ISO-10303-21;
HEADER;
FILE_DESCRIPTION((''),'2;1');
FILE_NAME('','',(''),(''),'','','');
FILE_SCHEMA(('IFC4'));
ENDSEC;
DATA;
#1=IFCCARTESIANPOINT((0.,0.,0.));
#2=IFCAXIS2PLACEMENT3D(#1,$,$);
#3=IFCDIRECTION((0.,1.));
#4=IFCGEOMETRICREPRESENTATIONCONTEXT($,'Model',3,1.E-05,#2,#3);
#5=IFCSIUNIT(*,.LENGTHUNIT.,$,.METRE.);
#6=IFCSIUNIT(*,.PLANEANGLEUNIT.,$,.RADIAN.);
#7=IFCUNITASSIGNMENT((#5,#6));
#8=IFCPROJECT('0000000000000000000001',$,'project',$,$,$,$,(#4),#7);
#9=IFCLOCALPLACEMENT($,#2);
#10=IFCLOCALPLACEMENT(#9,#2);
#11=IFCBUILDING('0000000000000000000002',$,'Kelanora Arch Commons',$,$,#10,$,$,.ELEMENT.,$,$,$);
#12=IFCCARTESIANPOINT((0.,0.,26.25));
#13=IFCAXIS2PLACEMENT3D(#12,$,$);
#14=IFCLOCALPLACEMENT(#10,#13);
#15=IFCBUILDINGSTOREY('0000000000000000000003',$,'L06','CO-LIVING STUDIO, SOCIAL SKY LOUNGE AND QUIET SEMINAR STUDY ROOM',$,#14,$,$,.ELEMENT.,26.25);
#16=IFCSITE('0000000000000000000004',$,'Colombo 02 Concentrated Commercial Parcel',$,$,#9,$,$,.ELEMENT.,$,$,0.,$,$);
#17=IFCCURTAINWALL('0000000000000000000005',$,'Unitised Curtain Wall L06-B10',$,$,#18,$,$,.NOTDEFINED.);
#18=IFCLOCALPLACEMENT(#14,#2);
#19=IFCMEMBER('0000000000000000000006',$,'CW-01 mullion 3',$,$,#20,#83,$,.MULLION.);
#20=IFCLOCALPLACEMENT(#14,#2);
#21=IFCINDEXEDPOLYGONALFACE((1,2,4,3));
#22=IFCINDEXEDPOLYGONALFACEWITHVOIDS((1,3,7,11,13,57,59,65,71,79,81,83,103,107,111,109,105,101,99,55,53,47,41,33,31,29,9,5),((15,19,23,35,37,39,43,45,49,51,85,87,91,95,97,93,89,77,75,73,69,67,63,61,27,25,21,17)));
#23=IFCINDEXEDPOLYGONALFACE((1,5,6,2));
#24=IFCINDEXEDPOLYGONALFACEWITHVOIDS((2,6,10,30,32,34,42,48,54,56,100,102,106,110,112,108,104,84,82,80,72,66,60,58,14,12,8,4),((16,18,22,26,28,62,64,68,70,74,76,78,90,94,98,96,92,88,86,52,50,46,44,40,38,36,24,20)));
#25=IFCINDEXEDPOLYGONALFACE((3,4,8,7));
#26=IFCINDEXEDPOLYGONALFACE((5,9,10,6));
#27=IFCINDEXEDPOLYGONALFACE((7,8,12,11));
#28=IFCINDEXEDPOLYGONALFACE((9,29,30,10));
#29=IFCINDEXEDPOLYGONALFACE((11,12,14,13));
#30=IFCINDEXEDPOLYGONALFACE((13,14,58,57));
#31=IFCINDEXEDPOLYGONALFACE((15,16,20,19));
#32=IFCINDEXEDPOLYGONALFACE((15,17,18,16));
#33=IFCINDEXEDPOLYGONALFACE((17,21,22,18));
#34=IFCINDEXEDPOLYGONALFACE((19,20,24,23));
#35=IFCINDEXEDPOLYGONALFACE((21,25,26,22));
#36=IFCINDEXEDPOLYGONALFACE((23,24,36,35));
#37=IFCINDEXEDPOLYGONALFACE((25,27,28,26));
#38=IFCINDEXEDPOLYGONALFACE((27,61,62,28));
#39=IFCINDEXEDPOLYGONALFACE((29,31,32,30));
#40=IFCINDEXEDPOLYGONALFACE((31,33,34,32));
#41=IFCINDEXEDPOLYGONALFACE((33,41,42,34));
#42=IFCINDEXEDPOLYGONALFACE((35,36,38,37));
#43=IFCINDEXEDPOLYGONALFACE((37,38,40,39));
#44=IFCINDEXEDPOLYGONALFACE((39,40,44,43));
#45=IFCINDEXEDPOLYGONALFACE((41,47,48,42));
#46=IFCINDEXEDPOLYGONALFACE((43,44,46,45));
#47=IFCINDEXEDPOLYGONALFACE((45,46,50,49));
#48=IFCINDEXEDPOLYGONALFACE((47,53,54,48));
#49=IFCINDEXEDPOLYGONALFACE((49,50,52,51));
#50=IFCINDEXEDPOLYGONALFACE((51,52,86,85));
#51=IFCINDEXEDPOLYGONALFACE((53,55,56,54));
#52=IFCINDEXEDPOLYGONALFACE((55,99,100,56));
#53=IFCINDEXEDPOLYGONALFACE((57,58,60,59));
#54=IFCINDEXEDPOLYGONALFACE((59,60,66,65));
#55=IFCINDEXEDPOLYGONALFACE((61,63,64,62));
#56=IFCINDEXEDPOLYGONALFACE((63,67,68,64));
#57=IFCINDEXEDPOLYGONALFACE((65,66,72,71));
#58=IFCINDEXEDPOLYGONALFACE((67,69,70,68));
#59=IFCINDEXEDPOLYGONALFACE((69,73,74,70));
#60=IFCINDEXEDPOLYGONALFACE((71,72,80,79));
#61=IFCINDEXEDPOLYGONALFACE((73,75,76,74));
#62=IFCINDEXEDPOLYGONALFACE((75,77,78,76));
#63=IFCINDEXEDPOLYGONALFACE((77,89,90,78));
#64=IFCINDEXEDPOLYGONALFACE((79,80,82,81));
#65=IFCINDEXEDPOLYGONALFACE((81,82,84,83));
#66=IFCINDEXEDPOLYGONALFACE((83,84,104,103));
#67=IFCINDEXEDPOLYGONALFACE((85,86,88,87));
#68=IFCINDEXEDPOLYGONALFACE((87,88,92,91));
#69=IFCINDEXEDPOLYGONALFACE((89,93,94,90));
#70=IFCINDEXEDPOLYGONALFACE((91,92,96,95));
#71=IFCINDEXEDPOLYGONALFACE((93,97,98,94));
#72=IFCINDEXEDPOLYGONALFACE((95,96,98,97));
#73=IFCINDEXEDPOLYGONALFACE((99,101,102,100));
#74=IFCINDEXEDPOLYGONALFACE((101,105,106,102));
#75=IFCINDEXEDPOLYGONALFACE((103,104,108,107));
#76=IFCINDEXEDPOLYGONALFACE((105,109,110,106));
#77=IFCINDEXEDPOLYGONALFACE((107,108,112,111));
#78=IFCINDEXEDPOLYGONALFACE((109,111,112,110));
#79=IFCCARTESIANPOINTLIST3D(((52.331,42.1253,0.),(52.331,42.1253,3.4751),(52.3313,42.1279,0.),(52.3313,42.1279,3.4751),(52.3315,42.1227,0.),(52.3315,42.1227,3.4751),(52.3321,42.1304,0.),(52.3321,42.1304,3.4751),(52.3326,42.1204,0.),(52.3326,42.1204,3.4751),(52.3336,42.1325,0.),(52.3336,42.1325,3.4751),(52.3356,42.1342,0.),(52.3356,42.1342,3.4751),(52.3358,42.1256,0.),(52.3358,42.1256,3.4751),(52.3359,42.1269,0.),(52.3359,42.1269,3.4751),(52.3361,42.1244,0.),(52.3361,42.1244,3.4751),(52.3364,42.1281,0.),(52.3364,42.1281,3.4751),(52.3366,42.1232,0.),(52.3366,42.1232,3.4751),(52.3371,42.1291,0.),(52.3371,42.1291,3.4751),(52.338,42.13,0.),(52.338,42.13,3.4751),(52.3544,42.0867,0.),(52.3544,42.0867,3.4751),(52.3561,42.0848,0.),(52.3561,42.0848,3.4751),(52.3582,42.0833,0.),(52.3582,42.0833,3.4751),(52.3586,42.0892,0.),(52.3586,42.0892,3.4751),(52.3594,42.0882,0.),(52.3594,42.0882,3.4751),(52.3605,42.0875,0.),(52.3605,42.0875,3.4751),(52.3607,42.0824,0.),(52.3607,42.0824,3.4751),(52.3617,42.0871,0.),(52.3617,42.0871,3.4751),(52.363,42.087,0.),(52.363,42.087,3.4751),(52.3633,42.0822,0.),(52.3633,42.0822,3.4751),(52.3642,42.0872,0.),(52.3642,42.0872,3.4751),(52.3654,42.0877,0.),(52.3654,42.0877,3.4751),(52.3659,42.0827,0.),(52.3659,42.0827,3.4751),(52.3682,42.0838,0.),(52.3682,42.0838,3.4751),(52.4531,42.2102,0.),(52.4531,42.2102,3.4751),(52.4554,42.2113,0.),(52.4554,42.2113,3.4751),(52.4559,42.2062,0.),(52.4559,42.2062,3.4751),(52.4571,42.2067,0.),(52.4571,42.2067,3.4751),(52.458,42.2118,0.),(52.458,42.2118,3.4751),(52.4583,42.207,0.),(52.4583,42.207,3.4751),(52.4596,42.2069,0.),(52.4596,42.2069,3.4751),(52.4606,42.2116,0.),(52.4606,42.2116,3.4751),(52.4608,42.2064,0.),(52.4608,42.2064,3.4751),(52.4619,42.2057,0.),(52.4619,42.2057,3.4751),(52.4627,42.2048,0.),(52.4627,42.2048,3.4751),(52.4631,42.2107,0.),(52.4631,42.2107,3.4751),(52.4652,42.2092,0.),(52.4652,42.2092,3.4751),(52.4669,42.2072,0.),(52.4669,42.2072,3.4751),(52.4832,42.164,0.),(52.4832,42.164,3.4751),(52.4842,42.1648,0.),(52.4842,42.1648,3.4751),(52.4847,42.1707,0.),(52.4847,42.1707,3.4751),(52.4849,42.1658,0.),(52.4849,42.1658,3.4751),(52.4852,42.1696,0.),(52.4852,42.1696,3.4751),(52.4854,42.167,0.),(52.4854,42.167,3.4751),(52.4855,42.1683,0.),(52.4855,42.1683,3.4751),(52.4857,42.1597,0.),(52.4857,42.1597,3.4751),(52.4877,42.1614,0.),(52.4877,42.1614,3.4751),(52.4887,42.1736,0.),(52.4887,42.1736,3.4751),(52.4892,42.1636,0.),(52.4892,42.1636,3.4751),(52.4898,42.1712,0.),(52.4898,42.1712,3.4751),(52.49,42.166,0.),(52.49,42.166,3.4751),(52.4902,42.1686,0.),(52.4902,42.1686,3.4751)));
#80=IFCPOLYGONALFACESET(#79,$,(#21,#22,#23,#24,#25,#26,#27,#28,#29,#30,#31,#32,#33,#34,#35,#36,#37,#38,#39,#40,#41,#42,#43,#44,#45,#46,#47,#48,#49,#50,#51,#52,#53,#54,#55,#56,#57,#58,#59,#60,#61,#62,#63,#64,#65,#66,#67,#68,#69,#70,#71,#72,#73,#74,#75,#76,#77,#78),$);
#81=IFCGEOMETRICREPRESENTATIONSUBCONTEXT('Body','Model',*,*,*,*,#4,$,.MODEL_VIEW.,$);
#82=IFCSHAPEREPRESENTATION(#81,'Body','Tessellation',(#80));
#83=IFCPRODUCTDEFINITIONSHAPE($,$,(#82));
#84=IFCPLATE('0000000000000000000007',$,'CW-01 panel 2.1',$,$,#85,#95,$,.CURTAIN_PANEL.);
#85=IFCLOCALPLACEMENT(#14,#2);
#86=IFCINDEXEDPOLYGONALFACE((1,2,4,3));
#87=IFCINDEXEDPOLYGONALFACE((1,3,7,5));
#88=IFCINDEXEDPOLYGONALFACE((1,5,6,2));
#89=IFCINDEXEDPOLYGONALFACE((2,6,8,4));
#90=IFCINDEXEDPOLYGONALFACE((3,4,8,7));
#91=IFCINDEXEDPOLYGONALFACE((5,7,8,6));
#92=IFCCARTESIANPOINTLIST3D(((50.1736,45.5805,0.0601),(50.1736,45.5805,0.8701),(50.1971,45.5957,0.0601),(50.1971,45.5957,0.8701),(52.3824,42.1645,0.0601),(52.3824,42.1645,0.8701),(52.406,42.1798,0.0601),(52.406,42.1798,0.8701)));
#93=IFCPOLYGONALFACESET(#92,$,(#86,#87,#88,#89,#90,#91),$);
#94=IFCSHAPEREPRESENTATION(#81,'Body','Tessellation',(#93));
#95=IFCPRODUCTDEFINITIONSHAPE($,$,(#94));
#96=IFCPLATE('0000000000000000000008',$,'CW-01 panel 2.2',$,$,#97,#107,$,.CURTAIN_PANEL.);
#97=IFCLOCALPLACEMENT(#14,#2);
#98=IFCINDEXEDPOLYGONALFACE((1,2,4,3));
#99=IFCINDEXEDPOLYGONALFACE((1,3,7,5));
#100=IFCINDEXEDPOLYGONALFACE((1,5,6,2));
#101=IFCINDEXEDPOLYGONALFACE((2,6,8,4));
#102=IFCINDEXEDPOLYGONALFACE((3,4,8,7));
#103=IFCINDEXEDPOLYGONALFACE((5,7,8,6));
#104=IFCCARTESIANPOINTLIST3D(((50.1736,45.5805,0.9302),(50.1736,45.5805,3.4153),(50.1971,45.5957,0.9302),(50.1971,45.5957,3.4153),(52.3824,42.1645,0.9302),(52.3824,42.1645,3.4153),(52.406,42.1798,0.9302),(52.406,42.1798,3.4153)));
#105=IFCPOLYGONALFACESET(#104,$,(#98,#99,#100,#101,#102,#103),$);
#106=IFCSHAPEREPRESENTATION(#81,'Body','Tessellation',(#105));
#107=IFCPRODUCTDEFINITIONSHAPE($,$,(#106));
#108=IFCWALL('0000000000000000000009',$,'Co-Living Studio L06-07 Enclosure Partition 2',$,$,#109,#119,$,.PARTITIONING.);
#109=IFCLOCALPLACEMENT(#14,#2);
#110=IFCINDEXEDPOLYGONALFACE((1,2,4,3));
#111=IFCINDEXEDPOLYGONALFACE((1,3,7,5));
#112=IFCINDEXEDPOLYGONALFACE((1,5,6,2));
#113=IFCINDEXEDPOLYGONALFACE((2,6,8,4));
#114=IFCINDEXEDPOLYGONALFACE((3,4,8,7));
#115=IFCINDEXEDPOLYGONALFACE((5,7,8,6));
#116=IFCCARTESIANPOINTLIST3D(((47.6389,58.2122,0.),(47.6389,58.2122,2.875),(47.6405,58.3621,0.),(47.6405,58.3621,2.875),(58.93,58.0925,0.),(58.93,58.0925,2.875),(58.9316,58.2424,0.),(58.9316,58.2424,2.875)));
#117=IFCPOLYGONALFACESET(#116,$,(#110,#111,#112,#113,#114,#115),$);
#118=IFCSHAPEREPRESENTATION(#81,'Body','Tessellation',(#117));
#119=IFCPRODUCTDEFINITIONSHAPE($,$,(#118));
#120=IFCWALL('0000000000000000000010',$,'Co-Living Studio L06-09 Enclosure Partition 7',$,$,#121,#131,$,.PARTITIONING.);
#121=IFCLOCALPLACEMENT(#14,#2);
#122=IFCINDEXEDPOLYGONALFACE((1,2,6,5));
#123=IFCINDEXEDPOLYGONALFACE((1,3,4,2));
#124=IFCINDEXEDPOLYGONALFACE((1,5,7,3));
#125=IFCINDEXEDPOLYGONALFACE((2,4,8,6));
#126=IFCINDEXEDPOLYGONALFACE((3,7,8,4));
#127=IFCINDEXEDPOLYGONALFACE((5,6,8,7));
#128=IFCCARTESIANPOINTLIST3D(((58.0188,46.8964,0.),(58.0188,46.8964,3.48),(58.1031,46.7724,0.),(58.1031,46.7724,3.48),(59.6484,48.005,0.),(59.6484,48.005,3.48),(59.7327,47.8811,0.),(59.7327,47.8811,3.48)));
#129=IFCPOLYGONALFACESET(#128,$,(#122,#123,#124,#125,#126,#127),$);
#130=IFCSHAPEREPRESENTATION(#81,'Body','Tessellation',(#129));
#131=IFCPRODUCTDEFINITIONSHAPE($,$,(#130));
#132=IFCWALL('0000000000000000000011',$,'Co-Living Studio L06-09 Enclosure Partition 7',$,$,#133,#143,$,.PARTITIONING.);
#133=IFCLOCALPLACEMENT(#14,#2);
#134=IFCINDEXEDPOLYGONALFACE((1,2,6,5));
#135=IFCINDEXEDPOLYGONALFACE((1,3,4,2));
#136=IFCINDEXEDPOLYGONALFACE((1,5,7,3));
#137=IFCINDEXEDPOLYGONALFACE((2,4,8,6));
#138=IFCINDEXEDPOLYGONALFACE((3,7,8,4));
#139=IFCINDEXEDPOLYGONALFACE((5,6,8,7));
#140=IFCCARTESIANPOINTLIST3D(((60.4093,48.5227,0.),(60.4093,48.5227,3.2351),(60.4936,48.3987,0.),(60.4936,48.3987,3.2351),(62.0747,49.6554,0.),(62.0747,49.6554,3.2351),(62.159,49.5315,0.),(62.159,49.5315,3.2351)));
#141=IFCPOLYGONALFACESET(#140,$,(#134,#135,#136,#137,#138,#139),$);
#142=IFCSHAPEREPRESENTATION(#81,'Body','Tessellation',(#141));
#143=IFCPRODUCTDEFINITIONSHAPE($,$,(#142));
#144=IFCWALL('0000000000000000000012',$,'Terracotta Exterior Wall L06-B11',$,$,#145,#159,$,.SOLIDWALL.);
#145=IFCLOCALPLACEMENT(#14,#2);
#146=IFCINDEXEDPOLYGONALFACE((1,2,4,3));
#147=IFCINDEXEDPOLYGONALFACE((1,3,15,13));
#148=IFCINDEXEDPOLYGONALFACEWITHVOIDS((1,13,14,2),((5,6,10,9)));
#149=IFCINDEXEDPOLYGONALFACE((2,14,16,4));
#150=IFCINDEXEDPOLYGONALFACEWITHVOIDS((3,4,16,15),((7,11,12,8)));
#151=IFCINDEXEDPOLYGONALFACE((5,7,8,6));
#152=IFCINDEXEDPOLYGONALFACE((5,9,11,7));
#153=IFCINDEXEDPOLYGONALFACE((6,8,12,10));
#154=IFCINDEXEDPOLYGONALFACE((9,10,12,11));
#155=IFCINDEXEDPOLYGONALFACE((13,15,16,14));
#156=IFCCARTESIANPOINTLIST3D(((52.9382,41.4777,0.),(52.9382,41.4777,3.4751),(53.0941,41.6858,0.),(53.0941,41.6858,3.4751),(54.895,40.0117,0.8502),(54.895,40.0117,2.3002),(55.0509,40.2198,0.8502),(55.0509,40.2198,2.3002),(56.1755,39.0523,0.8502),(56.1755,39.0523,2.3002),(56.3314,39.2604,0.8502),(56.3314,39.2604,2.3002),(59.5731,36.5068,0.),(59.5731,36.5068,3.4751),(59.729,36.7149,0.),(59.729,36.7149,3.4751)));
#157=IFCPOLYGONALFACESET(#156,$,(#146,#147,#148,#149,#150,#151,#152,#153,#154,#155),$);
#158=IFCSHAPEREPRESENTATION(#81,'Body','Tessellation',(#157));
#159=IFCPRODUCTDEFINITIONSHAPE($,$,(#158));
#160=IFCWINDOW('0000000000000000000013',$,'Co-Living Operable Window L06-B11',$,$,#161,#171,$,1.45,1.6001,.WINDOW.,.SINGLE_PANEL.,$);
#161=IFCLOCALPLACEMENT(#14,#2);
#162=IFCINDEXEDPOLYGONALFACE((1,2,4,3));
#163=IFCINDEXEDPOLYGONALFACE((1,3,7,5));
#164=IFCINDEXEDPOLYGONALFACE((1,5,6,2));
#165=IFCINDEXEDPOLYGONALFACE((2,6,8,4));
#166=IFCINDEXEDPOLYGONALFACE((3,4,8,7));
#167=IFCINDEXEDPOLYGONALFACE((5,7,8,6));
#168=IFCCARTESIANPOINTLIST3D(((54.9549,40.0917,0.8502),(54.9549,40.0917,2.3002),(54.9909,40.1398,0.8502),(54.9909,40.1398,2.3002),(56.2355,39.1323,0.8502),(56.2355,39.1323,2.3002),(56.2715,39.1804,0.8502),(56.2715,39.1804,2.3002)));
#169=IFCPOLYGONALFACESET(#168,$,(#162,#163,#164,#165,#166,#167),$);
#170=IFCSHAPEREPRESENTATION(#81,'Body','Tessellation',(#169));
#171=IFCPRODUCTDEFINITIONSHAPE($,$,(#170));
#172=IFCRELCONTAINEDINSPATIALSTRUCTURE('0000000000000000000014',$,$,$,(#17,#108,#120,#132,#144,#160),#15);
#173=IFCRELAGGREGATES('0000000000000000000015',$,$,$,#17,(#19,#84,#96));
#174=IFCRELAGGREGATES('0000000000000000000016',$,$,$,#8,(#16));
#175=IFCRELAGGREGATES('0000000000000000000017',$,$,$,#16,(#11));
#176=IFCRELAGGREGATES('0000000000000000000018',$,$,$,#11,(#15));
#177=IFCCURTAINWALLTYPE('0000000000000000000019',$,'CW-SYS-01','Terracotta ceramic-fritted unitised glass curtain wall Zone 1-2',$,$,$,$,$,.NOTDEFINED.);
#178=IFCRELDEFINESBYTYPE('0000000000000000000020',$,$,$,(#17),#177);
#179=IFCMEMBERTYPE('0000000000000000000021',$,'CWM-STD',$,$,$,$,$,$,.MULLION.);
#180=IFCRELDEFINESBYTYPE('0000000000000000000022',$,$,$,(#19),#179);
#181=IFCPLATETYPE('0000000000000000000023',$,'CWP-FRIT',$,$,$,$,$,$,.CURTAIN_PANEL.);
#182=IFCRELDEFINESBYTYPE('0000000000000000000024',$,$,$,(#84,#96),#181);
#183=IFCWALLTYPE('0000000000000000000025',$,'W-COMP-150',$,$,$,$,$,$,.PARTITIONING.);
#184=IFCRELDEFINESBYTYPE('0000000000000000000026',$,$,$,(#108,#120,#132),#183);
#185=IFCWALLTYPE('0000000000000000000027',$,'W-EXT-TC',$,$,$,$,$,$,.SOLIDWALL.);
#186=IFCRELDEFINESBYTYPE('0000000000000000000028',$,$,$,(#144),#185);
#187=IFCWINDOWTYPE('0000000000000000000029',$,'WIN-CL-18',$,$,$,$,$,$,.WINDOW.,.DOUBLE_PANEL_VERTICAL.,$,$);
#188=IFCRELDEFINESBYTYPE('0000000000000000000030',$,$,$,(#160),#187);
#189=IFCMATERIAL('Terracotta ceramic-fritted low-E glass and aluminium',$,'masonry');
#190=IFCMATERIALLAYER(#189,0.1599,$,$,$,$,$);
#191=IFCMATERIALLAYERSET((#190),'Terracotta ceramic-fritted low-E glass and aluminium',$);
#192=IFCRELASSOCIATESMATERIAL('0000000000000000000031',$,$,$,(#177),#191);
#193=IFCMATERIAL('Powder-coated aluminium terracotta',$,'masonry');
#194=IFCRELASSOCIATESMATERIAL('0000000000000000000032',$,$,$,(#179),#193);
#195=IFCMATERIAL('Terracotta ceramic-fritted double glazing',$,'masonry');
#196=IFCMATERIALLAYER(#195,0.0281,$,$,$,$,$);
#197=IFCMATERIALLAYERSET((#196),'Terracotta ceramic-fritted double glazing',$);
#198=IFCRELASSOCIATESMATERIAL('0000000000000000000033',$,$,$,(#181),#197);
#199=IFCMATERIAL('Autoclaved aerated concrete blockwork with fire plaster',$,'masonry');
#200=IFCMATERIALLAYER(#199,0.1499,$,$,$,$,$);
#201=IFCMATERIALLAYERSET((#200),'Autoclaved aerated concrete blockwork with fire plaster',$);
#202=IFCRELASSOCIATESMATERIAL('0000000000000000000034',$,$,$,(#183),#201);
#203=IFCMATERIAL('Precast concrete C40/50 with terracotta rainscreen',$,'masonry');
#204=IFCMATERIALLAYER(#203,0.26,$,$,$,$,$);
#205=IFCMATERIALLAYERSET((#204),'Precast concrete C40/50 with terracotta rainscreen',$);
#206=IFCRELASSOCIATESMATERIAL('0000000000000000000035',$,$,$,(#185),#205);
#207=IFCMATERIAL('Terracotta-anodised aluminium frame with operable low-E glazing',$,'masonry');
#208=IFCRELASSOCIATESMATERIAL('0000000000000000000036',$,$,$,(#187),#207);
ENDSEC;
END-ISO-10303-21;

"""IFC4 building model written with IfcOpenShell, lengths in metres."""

from ifc_helpers import new_model, si_unit, direction, frame, frame_2d, origin, origin_2d, place, context, subcontext, project, spatial, rectangle, hollow_rectangle, extrude, source, transform, mapped, material, layer, layer_set, material_profile, profile_set, type_object, element, fill, aggregate, save


model = new_model("IFC4")

# Units and contexts
model_context = context("Model", 3, precision=1e-05, world=origin(), true_north=direction((0.0, 1.0)))
body_context = subcontext(model_context, "Body", "Model", "MODEL_VIEW")
ifc_project = project(units=[si_unit("LENGTHUNIT", "METRE"), si_unit("PLANEANGLEUNIT", "RADIAN")], contexts=[model_context])

# Site, building, storey
site_placement = place(None, origin())
site = spatial("IfcSite", under=ifc_project, at=site_placement, Name="Colombo 02 Concentrated Commercial Parcel", CompositionType="ELEMENT", RefElevation=0.0)
building_placement = place(site_placement, origin())
building = spatial("IfcBuilding", under=site, at=building_placement, Name="Kelanora Arch Commons", CompositionType="ELEMENT")
storey_placement = place(building_placement, frame((0.0, 0.0, 26.25)))
storey = spatial("IfcBuildingStorey", under=building, at=storey_placement, Name="L06", Description="CO-LIVING STUDIO, SOCIAL SKY LOUNGE AND QUIET SEMINAR STUDY ROOM", CompositionType="ELEMENT", Elevation=26.25)

# Curtain wall, member, plates
ifc_material_1 = material(Name="Terracotta ceramic-fritted low-E glass and aluminium", Category="masonry")
ifc_layer_1 = layer(ifc_material_1, 0.1599)
ifc_layer_set_1 = layer_set([ifc_layer_1], Name="Terracotta ceramic-fritted low-E glass and aluminium")
curtain_wall_type = type_object("IfcCurtainWallType", Name="CW-SYS-01", Description="Terracotta ceramic-fritted unitised glass curtain wall Zone 1-2", PredefinedType="NOTDEFINED", material=ifc_layer_set_1)
curtain_wall_placement = place(storey_placement, origin())
curtain_wall = element("IfcCurtainWall", 1, at=curtain_wall_placement, inside=storey, type_object=curtain_wall_type, Name="Unitised Curtain Wall L06-B10", PredefinedType="NOTDEFINED")
ifc_material_2 = material(Name="Powder-coated aluminium terracotta", Category="masonry")
ifc_material_profile_1 = material_profile(ifc_material_2, hollow_rectangle(XDim=0.1599, YDim=0.0601, WallThickness=0.0049, InnerFilletRadius=0.0049, OuterFilletRadius=0.01, at=origin_2d()), Name="CWM160x60")
ifc_profile_set_1 = profile_set([ifc_material_profile_1], Name="Powder-coated aluminium terracotta")
member_type = type_object("IfcMemberType", Name="CWM-STD", PredefinedType="MULLION", material=ifc_profile_set_1)
member_placement = place(storey_placement, frame((52.4106, 42.147, 0.0), z_axis=(0.0, 0.0, 1.0), x_axis=(0.83973, 0.543004, 0.0)))
member = element("IfcMember", 2, at=member_placement, type_object=member_type, Name="CW-01 mullion 3", PredefinedType="MULLION", context=body_context, shape_type="SweptSolid", body=[
    extrude(hollow_rectangle(XDim=0.1599, YDim=0.0601, WallThickness=0.0049, InnerFilletRadius=0.0049, OuterFilletRadius=0.01, at=origin_2d()), origin(), (0.0, 0.0, 1.0), 3.4751),
])
ifc_material_3 = material(Name="Terracotta ceramic-fritted double glazing", Category="masonry")
ifc_layer_2 = layer(ifc_material_3, 0.0281)
ifc_layer_set_2 = layer_set([ifc_layer_2], Name="Terracotta ceramic-fritted double glazing")
plate_type = type_object("IfcPlateType", Name="CWP-FRIT", PredefinedType="CURTAIN_PANEL", material=ifc_layer_set_2)
shared_shape_1 = source(origin(), body_context, "Body", "SweptSolid", [
    extrude(rectangle(XDim=4.0679, YDim=0.0281, at=origin_2d()), origin(), (0.0, 0.0, 1.0), 0.8101),
])
plate_1_placement = place(storey_placement, frame((51.2898, 43.8801, 0.0601), z_axis=(0.0, 0.0, 1.0), x_axis=(0.543004, -0.83973, 0.0)))
plate_1 = element("IfcPlate", 3, at=plate_1_placement, type_object=plate_type, Name="CW-01 panel 2.1", PredefinedType="CURTAIN_PANEL", context=body_context, shape_type="MappedRepresentation", body=[
    mapped(shared_shape_1, transform((0.0, 0.0, 0.0), scale=1.0)),
])
shared_shape_2 = source(origin(), body_context, "Body", "SweptSolid", [
    extrude(rectangle(XDim=4.0679, YDim=0.0281, at=origin_2d()), origin(), (0.0, 0.0, 1.0), 2.4851),
])
plate_2_placement = place(storey_placement, frame((51.2898, 43.8801, 0.9302), z_axis=(0.0, 0.0, 1.0), x_axis=(0.543004, -0.83973, 0.0)))
plate_2 = element("IfcPlate", 4, at=plate_2_placement, type_object=plate_type, Name="CW-01 panel 2.2", PredefinedType="CURTAIN_PANEL", context=body_context, shape_type="MappedRepresentation", body=[
    mapped(shared_shape_2, transform((0.0, 0.0, 0.0), scale=1.0)),
])
aggregate(curtain_wall, [member, plate_1, plate_2])

# Walls
ifc_material_4 = material(Name="Autoclaved aerated concrete blockwork with fire plaster", Category="masonry")
ifc_layer_3 = layer(ifc_material_4, 0.1499)
ifc_layer_set_3 = layer_set([ifc_layer_3], Name="Autoclaved aerated concrete blockwork with fire plaster")
wall_type_1 = type_object("IfcWallType", Name="W-COMP-150", PredefinedType="PARTITIONING", material=ifc_layer_set_3)
wall_1_placement = place(storey_placement, frame((58.9309, 58.1675, 0.0), z_axis=(0.0, 0.0, 1.0), x_axis=(-0.999944, 0.010594, 0.0)))
element("IfcWall", 5, at=wall_1_placement, inside=storey, type_object=wall_type_1, Name="Co-Living Studio L06-07 Enclosure Partition 2", PredefinedType="PARTITIONING", context=body_context, shape_type="SweptSolid", body=[
    extrude(rectangle(XDim=11.2917, YDim=0.1499, at=frame_2d((5.646, 0.0))), origin(), (0.0, 0.0, 1.0), 2.875),
])
wall_2_placement = place(storey_placement, frame((58.061, 46.8345, 0.0), z_axis=(0.0, 0.0, 1.0), x_axis=(0.826811, 0.562479, 0.0)))
element("IfcWall", 6, at=wall_2_placement, inside=storey, type_object=wall_type_1, Name="Co-Living Studio L06-09 Enclosure Partition 7", PredefinedType="PARTITIONING", context=body_context, shape_type="SweptSolid", body=[
    extrude(rectangle(XDim=1.9709, YDim=0.1499, at=frame_2d((0.9854, 0.0))), origin(), (0.0, 0.0, 1.0), 3.48),
])
wall_3_placement = place(storey_placement, frame((60.4514, 48.4607, 0.0), z_axis=(0.0, 0.0, 1.0), x_axis=(0.826868, 0.562396, 0.0)))
element("IfcWall", 7, at=wall_3_placement, inside=storey, type_object=wall_type_1, Name="Co-Living Studio L06-09 Enclosure Partition 7", PredefinedType="PARTITIONING", context=body_context, shape_type="SweptSolid", body=[
    extrude(rectangle(XDim=2.0142, YDim=0.1499, at=frame_2d((1.0071, 0.0))), origin(), (0.0, 0.0, 1.0), 3.2351),
])

# Wall, opening, window
ifc_material_5 = material(Name="Precast concrete C40/50 with terracotta rainscreen", Category="masonry")
ifc_layer_4 = layer(ifc_material_5, 0.26)
ifc_layer_set_4 = layer_set([ifc_layer_4], Name="Precast concrete C40/50 with terracotta rainscreen")
wall_type_2 = type_object("IfcWallType", Name="W-EXT-TC", PredefinedType="SOLIDWALL", material=ifc_layer_set_4)
wall_4_placement = place(storey_placement, frame((53.0161, 41.5818, 0.0), z_axis=(0.0, 0.0, 1.0), x_axis=(0.800307, -0.59959, 0.0)))
wall_4 = element("IfcWall", 8, at=wall_4_placement, inside=storey, type_object=wall_type_2, Name="Terracotta Exterior Wall L06-B11", PredefinedType="SOLIDWALL", context=body_context, shape_type="SweptSolid", body=[
    extrude(rectangle(XDim=8.2905, YDim=0.26, at=frame_2d((4.1453, 0.0))), origin(), (0.0, 0.0, 1.0), 3.4751),
])
opening_1_placement = place(wall_4_placement, frame((2.4451, 0.0, 0.8501)))
opening_1 = element("IfcOpeningElement", 9, at=opening_1_placement, cuts=wall_4, PredefinedType="OPENING", context=body_context, shape_type="SweptSolid", body=[
    extrude(rectangle(XDim=1.6001, YDim=1.45, at=frame_2d((0.8, 0.7251))), frame((0.0, 0.1401, 0.0), z_axis=(0.0, -1.0, 0.0), x_axis=(1.0, 0.0, 0.0)), (0.0, 0.0, 1.0), 0.28),
])
ifc_material_6 = material(Name="Terracotta-anodised aluminium frame with operable low-E glazing", Category="masonry")
window_type = type_object("IfcWindowType", Name="WIN-CL-18", PartitioningType="DOUBLE_PANEL_VERTICAL", PredefinedType="WINDOW", material=ifc_material_6)
window_1_placement = place(opening_1_placement, origin())
window_1 = element("IfcWindow", 10, at=window_1_placement, inside=storey, type_object=window_type, Name="Co-Living Operable Window L06-B11", OverallHeight=1.45, OverallWidth=1.6001, PartitioningType="SINGLE_PANEL", PredefinedType="WINDOW", context=body_context, shape_type="SweptSolid", body=[
    extrude(rectangle(XDim=1.6001, YDim=1.45, at=frame_2d((0.8, 0.7251))), frame((0.0, 0.03, 0.0), z_axis=(0.0, -1.0, 0.0), x_axis=(1.0, 0.0, 0.0)), (0.0, 0.0, 1.0), 0.0601),
])
fill(opening_1, window_1)

save(model, "model.ifc")
